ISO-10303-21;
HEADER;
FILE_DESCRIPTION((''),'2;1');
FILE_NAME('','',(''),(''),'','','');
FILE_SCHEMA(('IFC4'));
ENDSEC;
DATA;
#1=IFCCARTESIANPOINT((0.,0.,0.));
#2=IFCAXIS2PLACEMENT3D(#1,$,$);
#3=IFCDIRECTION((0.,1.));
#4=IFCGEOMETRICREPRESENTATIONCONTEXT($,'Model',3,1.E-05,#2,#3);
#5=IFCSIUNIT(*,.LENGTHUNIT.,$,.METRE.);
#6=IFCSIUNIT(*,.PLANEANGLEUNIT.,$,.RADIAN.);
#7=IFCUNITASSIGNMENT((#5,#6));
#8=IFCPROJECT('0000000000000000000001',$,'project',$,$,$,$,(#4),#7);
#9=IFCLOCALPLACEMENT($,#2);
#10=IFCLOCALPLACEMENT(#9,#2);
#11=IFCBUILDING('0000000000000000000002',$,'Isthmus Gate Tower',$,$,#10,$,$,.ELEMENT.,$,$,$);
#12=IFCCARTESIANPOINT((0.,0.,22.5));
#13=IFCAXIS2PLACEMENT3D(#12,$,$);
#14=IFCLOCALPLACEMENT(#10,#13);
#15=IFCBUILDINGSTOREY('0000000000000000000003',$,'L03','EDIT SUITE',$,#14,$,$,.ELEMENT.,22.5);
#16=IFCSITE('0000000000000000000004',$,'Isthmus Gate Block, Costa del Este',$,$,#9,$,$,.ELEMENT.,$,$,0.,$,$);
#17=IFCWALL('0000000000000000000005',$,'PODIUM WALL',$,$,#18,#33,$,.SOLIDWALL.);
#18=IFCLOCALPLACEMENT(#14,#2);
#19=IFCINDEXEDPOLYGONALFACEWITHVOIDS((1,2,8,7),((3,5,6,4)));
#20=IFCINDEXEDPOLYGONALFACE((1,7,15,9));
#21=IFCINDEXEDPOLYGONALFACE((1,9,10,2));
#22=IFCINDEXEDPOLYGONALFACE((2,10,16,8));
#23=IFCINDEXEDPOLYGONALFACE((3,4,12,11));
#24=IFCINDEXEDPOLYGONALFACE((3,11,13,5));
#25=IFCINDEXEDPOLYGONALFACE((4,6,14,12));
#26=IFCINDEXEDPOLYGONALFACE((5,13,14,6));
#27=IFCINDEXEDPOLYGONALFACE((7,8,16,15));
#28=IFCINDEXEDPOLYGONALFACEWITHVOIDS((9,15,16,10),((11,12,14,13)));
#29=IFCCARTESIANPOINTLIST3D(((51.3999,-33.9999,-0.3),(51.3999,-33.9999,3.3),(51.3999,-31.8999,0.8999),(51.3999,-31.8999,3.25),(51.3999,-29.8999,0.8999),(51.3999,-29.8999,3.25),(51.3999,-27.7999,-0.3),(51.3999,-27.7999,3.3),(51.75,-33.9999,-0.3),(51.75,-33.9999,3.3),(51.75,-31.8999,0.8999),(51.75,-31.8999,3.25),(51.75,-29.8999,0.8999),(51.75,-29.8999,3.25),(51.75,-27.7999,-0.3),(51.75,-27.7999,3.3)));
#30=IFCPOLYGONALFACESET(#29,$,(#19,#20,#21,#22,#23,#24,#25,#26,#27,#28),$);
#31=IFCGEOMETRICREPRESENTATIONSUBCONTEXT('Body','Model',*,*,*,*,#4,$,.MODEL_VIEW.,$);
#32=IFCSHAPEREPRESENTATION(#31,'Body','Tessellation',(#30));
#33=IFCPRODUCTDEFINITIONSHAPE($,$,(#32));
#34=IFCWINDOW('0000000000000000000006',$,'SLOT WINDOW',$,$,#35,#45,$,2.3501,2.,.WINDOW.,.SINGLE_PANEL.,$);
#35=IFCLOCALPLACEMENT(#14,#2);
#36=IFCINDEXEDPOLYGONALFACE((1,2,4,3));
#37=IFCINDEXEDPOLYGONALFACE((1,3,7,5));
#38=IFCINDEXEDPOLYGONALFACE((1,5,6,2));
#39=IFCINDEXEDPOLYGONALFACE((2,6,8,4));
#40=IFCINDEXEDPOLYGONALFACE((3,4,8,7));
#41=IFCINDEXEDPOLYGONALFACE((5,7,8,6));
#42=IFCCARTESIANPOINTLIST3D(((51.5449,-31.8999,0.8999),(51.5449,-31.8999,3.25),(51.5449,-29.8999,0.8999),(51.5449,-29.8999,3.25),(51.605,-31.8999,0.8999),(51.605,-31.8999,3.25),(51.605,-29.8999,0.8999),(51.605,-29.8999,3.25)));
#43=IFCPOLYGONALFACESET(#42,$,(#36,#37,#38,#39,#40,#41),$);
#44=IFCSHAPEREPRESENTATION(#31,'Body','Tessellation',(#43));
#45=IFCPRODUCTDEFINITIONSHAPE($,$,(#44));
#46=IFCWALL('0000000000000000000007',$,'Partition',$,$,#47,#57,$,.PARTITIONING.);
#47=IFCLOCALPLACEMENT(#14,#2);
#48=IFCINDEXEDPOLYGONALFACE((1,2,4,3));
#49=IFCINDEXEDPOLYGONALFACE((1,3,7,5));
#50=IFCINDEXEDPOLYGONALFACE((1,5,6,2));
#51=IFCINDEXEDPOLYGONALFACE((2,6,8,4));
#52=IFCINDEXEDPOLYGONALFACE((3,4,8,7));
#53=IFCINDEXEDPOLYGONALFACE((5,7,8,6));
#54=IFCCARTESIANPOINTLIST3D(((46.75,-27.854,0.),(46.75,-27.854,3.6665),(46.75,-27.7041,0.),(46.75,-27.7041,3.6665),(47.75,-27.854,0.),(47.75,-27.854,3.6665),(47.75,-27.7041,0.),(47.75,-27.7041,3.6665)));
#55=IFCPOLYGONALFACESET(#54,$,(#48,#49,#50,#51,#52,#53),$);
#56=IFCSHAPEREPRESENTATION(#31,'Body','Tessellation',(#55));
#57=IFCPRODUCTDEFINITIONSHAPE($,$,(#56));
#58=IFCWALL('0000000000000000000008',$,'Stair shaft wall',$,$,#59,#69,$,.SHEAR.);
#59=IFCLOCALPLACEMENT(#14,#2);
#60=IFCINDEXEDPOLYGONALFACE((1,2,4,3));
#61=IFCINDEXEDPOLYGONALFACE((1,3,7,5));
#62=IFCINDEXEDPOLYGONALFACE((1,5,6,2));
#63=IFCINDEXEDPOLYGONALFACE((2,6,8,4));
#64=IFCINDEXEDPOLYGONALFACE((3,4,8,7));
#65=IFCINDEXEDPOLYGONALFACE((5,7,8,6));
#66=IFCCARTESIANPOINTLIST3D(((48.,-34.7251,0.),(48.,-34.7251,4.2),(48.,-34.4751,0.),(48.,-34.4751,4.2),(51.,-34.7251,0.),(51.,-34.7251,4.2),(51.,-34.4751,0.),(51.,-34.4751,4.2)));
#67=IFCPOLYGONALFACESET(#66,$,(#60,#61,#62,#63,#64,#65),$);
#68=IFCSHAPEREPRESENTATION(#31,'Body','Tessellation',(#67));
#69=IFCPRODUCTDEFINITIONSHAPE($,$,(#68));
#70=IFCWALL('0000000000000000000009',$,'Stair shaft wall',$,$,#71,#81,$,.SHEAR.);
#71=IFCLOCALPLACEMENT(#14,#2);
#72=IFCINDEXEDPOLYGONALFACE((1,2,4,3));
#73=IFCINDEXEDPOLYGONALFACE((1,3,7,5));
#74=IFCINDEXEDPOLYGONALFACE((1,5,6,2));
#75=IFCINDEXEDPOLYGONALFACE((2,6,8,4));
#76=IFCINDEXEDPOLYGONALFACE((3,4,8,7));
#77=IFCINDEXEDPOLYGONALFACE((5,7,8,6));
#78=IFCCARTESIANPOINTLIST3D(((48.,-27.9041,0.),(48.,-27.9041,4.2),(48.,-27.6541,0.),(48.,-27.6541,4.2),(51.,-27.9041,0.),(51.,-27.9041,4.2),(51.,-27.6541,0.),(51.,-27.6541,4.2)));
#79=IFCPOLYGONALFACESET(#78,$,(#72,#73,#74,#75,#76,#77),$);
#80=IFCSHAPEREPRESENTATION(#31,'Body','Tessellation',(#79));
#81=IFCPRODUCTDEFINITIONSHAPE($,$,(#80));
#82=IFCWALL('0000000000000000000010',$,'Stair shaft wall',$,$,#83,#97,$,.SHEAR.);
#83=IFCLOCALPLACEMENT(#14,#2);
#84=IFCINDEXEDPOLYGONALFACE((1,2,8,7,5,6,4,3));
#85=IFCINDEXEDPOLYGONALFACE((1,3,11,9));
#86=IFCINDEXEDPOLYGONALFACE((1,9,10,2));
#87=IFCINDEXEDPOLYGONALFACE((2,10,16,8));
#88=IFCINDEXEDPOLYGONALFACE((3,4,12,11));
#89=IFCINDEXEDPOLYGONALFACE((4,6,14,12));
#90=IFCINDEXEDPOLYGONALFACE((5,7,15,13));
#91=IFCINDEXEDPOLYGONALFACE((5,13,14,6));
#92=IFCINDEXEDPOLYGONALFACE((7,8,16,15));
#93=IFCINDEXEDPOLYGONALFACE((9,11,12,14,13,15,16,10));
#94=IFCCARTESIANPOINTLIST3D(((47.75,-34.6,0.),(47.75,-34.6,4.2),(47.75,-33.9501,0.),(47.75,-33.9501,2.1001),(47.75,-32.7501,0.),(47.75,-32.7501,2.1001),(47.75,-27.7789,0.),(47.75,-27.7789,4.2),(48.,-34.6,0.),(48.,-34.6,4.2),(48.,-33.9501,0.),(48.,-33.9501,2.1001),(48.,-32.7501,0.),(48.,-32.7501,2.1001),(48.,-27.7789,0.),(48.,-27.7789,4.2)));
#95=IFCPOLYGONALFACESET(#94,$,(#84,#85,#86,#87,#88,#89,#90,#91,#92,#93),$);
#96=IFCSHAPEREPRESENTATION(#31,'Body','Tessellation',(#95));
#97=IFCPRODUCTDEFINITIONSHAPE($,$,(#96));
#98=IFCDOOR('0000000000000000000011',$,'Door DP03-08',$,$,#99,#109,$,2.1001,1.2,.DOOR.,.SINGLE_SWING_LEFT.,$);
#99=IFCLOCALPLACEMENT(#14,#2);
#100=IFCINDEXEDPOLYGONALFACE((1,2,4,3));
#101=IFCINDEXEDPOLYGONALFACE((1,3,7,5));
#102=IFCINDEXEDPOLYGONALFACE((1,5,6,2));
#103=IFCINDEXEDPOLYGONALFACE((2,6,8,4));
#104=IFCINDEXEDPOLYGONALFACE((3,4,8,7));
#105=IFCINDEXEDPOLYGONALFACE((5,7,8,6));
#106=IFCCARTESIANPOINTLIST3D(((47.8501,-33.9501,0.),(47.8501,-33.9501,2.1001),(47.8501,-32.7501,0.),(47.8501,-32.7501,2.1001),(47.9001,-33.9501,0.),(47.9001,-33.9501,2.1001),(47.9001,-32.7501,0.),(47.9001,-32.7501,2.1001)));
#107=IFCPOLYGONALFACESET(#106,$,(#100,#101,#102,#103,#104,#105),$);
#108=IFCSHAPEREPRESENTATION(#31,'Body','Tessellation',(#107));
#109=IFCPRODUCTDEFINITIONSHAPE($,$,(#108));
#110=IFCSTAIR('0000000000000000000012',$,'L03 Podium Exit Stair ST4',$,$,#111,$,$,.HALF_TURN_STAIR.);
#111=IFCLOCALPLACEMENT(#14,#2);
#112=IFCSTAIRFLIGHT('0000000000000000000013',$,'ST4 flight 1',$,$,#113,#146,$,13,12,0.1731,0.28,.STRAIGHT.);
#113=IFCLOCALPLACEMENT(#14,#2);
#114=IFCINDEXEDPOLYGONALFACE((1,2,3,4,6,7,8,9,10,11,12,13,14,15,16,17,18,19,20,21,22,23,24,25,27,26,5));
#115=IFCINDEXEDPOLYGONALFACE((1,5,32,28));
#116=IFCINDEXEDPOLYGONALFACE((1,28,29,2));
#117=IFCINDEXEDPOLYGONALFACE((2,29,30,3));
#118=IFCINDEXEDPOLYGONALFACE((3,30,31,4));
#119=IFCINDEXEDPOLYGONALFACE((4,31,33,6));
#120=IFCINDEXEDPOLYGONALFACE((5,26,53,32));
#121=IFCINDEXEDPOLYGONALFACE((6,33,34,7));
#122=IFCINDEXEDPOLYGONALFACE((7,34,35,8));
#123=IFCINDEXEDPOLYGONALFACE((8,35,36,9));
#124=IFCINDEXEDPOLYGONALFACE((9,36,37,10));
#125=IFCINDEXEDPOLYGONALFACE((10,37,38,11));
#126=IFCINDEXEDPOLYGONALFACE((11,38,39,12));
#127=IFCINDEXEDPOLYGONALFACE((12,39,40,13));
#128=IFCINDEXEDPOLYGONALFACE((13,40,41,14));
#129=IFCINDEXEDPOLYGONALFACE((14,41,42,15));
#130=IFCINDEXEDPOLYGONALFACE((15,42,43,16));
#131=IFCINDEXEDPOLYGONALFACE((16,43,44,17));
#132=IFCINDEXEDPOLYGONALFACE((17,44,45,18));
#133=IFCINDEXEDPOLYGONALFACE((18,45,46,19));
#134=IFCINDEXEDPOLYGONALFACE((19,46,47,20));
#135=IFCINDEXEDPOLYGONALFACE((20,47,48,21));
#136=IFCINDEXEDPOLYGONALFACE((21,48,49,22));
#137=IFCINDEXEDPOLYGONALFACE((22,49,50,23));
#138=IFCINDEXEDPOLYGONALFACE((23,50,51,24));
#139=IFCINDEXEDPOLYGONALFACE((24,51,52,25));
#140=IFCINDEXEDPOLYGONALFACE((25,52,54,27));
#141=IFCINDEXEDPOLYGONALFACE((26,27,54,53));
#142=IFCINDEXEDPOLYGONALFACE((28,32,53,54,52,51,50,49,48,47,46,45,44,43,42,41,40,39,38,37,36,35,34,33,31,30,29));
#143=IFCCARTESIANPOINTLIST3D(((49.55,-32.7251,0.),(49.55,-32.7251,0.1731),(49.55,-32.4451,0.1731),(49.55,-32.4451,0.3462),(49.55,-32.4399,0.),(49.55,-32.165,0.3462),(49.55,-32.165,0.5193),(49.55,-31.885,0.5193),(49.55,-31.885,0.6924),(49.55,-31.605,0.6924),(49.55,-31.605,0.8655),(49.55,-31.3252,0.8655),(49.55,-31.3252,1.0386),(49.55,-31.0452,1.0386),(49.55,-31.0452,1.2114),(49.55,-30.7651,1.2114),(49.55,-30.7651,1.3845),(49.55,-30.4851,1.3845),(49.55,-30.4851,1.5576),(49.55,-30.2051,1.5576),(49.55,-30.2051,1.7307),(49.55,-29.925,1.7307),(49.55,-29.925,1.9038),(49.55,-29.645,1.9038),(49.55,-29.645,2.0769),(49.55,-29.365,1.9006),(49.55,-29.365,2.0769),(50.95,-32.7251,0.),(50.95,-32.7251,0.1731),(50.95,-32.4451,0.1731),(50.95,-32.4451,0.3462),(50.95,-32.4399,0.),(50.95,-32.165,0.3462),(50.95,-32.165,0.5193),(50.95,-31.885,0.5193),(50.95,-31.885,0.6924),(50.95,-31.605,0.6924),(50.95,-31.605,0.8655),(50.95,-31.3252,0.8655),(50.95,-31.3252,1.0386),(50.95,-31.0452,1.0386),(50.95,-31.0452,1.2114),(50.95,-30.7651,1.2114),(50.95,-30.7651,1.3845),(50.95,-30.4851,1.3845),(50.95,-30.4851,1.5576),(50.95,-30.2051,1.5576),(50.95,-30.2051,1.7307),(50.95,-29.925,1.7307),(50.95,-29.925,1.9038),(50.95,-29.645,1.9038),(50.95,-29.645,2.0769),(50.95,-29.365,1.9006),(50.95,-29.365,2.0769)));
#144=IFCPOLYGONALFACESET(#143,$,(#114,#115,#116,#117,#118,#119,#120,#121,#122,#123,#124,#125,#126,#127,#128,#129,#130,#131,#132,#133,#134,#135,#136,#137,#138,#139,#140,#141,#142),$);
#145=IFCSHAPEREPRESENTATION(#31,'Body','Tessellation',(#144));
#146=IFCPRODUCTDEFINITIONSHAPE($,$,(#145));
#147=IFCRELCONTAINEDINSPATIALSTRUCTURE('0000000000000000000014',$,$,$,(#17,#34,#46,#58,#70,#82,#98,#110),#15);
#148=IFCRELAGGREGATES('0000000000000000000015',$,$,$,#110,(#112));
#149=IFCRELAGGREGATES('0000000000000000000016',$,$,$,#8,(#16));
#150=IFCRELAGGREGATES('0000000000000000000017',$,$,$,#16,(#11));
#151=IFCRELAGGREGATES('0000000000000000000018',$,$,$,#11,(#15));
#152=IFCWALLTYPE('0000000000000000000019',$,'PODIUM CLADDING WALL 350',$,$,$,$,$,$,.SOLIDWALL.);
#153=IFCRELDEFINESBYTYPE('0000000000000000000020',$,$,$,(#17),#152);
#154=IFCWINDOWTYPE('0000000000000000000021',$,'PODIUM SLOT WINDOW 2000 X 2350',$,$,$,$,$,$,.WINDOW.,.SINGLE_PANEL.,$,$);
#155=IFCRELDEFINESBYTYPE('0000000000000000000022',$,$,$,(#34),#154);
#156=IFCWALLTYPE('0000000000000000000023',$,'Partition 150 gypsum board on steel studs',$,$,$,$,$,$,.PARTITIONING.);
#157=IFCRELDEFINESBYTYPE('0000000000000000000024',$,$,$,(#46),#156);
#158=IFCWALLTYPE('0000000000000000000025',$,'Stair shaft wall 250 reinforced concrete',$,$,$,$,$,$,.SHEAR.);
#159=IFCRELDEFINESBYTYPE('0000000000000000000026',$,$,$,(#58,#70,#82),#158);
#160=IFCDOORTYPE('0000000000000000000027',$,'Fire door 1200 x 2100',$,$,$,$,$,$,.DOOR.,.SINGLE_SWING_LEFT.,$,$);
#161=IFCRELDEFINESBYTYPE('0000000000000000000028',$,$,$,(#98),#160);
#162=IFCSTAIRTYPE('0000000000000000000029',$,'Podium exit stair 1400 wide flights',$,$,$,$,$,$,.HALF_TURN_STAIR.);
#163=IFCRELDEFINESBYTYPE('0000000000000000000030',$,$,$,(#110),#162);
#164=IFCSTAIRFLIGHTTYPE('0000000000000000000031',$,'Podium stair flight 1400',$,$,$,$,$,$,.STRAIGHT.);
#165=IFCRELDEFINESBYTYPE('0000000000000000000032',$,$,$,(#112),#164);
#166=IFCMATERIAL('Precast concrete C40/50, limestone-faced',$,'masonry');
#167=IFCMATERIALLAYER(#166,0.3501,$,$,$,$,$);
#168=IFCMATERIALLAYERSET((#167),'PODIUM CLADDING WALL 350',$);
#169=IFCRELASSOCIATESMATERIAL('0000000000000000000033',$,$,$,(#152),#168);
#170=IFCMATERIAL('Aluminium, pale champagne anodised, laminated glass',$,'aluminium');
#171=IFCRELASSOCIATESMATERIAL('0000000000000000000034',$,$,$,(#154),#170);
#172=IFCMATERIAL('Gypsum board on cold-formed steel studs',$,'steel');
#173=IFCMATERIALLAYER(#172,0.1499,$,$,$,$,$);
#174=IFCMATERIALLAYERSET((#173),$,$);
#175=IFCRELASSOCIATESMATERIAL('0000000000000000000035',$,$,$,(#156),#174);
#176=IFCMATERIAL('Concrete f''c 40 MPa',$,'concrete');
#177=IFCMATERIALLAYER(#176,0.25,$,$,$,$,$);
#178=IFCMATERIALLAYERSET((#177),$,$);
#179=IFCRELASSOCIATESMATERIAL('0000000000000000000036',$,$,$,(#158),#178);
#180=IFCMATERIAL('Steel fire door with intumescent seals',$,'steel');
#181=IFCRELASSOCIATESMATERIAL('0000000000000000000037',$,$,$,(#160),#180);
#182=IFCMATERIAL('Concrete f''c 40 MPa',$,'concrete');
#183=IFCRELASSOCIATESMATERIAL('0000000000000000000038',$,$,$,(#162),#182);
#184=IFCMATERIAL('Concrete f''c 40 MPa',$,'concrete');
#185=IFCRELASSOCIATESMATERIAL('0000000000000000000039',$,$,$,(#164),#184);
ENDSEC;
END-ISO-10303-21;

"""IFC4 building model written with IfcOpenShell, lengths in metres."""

from ifc_helpers import new_model, si_unit, direction, frame, frame_2d, origin, place, context, subcontext, project, spatial, polyline, rectangle, outline, extrude, material, layer, layer_set, type_object, element, fill, aggregate, save


model = new_model("IFC4")

# Units and contexts
model_context = context("Model", 3, precision=1e-05, world=origin(), true_north=direction((0.0, 1.0)))
body_context = subcontext(model_context, "Body", "Model", "MODEL_VIEW")
ifc_project = project(units=[si_unit("LENGTHUNIT", "METRE"), si_unit("PLANEANGLEUNIT", "RADIAN")], contexts=[model_context])

# Site, building, storey
site_placement = place(None, origin())
site = spatial("IfcSite", under=ifc_project, at=site_placement, Name="Isthmus Gate Block, Costa del Este", CompositionType="ELEMENT", RefElevation=0.0)
building_placement = place(site_placement, origin())
building = spatial("IfcBuilding", under=site, at=building_placement, Name="Isthmus Gate Tower", CompositionType="ELEMENT")
storey_placement = place(building_placement, frame((0.0, 0.0, 22.5)))
storey = spatial("IfcBuildingStorey", under=building, at=storey_placement, Name="L03", Description="EDIT SUITE", CompositionType="ELEMENT", Elevation=22.5)

# Shared definitions
ifc_material_1 = material(Name="Precast concrete C40/50, limestone-faced", Category="masonry")
ifc_layer_1 = layer(ifc_material_1, 0.3501)
ifc_layer_set_1 = layer_set([ifc_layer_1], Name="PODIUM CLADDING WALL 350")
wall_type_1 = type_object("IfcWallType", Name="PODIUM CLADDING WALL 350", PredefinedType="SOLIDWALL", material=ifc_layer_set_1)

# Wall, opening, window
wall_1_placement = place(storey_placement, frame((51.575, -34.0, -0.3), z_axis=(0.0, 0.0, 1.0), x_axis=(0.0, 1.0, 0.0)))
wall_1 = element("IfcWall", 1, at=wall_1_placement, inside=storey, type_object=wall_type_1, Name="PODIUM WALL", PredefinedType="SOLIDWALL", context=body_context, shape_type="SweptSolid", body=[
    extrude(rectangle(XDim=6.2, YDim=0.3501, at=frame_2d((3.1001, 0.0))), origin(), (0.0, 0.0, 1.0), 3.6001),
])
opening_1_placement = place(wall_1_placement, frame((2.1001, 0.0, 1.2)))
opening_1 = element("IfcOpeningElement", 2, at=opening_1_placement, cuts=wall_1, PredefinedType="OPENING", context=body_context, shape_type="SweptSolid", body=[
    extrude(rectangle(XDim=2.0, YDim=2.3501, at=frame_2d((1.0, 1.175))), frame((0.0, 0.1851, 0.0), z_axis=(0.0, -1.0, 0.0), x_axis=(1.0, 0.0, 0.0)), (0.0, 0.0, 1.0), 0.3701),
])
ifc_material_2 = material(Name="Aluminium, pale champagne anodised, laminated glass", Category="aluminium")
window_type = type_object("IfcWindowType", Name="PODIUM SLOT WINDOW 2000 X 2350", PartitioningType="SINGLE_PANEL", PredefinedType="WINDOW", material=ifc_material_2)
window_placement = place(opening_1_placement, origin())
window = element("IfcWindow", 3, at=window_placement, inside=storey, type_object=window_type, Name="SLOT WINDOW", OverallHeight=2.3501, OverallWidth=2.0, PartitioningType="SINGLE_PANEL", PredefinedType="WINDOW", context=body_context, shape_type="SweptSolid", body=[
    extrude(rectangle(XDim=2.0, YDim=2.3501, at=frame_2d((1.0, 1.175))), frame((0.0, 0.03, 0.0), z_axis=(0.0, -1.0, 0.0), x_axis=(1.0, 0.0, 0.0)), (0.0, 0.0, 1.0), 0.0601),
])
fill(opening_1, window)

# Walls
ifc_material_3 = material(Name="Gypsum board on cold-formed steel studs", Category="steel")
ifc_layer_2 = layer(ifc_material_3, 0.1499)
ifc_layer_set_2 = layer_set([ifc_layer_2])
wall_type_2 = type_object("IfcWallType", Name="Partition 150 gypsum board on steel studs", PredefinedType="PARTITIONING", material=ifc_layer_set_2)
wall_2_placement = place(storey_placement, frame((46.75, -27.7791, 0.0), z_axis=(0.0, 0.0, 1.0), x_axis=(1.0, 0.0, 0.0)))
element("IfcWall", 4, at=wall_2_placement, inside=storey, type_object=wall_type_2, Name="Partition", PredefinedType="PARTITIONING", context=body_context, shape_type="SweptSolid", body=[
    extrude(rectangle(XDim=1.0, YDim=0.1499, at=frame_2d((0.5, 0.0))), origin(), (0.0, 0.0, 1.0), 3.6665),
])
ifc_material_4 = material(Name="Concrete f'c 40 MPa", Category="concrete")
ifc_layer_3 = layer(ifc_material_4, 0.25)
ifc_layer_set_3 = layer_set([ifc_layer_3])
wall_type_3 = type_object("IfcWallType", Name="Stair shaft wall 250 reinforced concrete", PredefinedType="SHEAR", material=ifc_layer_set_3)
for number, where, z_axis, x_axis, name in (
    (5, (48.0, -34.6001, 0.0), (0.0, 0.0, 1.0), (1.0, 0.0, 0.0), "Stair shaft wall"),
    (6, (48.0, -27.7791, 0.0), (0.0, 0.0, 1.0), (1.0, 0.0, 0.0), "Stair shaft wall"),
):
    element("IfcWall", number, at=place(storey_placement, frame(where, z_axis=z_axis, x_axis=x_axis)), inside=storey, type_object=wall_type_3, Name=name, PredefinedType="SHEAR", context=body_context, shape_type="SweptSolid", body=[
        extrude(rectangle(XDim=3.0, YDim=0.25, at=frame_2d((1.5, 0.0))), origin(), (0.0, 0.0, 1.0), 4.2),
    ])

# Wall, opening, door
wall_3_placement = place(storey_placement, frame((47.875, -34.6001, 0.0), z_axis=(0.0, 0.0, 1.0), x_axis=(0.0, 1.0, 0.0)))
wall_3 = element("IfcWall", 7, at=wall_3_placement, inside=storey, type_object=wall_type_3, Name="Stair shaft wall", PredefinedType="SHEAR", context=body_context, shape_type="SweptSolid", body=[
    extrude(rectangle(XDim=6.821, YDim=0.25, at=frame_2d((3.4106, 0.0))), origin(), (0.0, 0.0, 1.0), 4.2),
])
opening_2_placement = place(wall_3_placement, frame((0.6499, 0.0, 0.0)))
opening_2 = element("IfcOpeningElement", 8, at=opening_2_placement, cuts=wall_3, PredefinedType="OPENING", context=body_context, shape_type="SweptSolid", body=[
    extrude(rectangle(XDim=1.2, YDim=2.1001, at=frame_2d((0.6001, 1.05))), frame((0.0, 0.135, 0.0), z_axis=(0.0, -1.0, 0.0), x_axis=(1.0, 0.0, 0.0)), (0.0, 0.0, 1.0), 0.27),
])
ifc_material_5 = material(Name="Steel fire door with intumescent seals", Category="steel")
door_type = type_object("IfcDoorType", Name="Fire door 1200 x 2100", OperationType="SINGLE_SWING_LEFT", PredefinedType="DOOR", material=ifc_material_5)
door_placement = place(opening_2_placement, origin())
door = element("IfcDoor", 9, at=door_placement, inside=storey, type_object=door_type, Name="Door DP03-08", OperationType="SINGLE_SWING_LEFT", OverallHeight=2.1001, OverallWidth=1.2, PredefinedType="DOOR", context=body_context, shape_type="SweptSolid", body=[
    extrude(rectangle(XDim=1.2, YDim=2.1001, at=frame_2d((0.6001, 1.05))), frame((0.0, 0.0249, 0.0), z_axis=(0.0, -1.0, 0.0), x_axis=(1.0, 0.0, 0.0)), (0.0, 0.0, 1.0), 0.05),
])
fill(opening_2, door)

# Stair, stair flight
ifc_material_6 = material(Name="Concrete f'c 40 MPa", Category="concrete")
stair_type = type_object("IfcStairType", Name="Podium exit stair 1400 wide flights", PredefinedType="HALF_TURN_STAIR", material=ifc_material_6)
stair_placement = place(storey_placement, origin())
stair = element("IfcStair", 10, at=stair_placement, inside=storey, type_object=stair_type, Name="L03 Podium Exit Stair ST4", PredefinedType="HALF_TURN_STAIR")
ifc_material_7 = material(Name="Concrete f'c 40 MPa", Category="concrete")
stair_flight_type = type_object("IfcStairFlightType", Name="Podium stair flight 1400", PredefinedType="STRAIGHT", material=ifc_material_7)
stair_flight_1_placement = place(storey_placement, frame((50.25, -32.7251, 0.0), z_axis=(0.0, 0.0, 1.0), x_axis=(0.0, 1.0, 0.0)))
stair_flight_1 = element("IfcStairFlight", 11, at=stair_flight_1_placement, type_object=stair_flight_type, Name="ST4 flight 1", NumberOfRisers=13, NumberOfTreads=12, PredefinedType="STRAIGHT", RiserHeight=0.1731, TreadLength=0.28, context=body_context, shape_type="SweptSolid", body=[
    extrude(outline(polyline([(0.0, 0.0), (0.0, 0.1731), (0.28, 0.1731), (0.28, 0.3462), (0.5601, 0.3462), (0.5601, 0.5193), (0.8401, 0.5193), (0.8401, 0.6924), (1.1201, 0.6924), (1.1201, 0.8655), (1.3999, 0.8655), (1.3999, 1.0386), (1.6799, 1.0386), (1.6799, 1.2114), (1.96, 1.2114), (1.96, 1.3845), (2.24, 1.3845), (2.24, 1.5576), (2.52, 1.5576), (2.52, 1.7307), (2.8, 1.7307), (2.8, 1.9038), (3.0801, 1.9038), (3.0801, 2.0769), (3.3601, 2.0769), (3.3601, 2.25), (3.3601, 1.9006), (0.2852, 0.0), (0.0, 0.0)])), frame((0.0, 0.7, 0.0), z_axis=(0.0, -1.0, 0.0), x_axis=(1.0, 0.0, 0.0)), (0.0, 0.0, 1.0), 1.3999),
])
aggregate(stair, [stair_flight_1])

save(model, "model.ifc")
